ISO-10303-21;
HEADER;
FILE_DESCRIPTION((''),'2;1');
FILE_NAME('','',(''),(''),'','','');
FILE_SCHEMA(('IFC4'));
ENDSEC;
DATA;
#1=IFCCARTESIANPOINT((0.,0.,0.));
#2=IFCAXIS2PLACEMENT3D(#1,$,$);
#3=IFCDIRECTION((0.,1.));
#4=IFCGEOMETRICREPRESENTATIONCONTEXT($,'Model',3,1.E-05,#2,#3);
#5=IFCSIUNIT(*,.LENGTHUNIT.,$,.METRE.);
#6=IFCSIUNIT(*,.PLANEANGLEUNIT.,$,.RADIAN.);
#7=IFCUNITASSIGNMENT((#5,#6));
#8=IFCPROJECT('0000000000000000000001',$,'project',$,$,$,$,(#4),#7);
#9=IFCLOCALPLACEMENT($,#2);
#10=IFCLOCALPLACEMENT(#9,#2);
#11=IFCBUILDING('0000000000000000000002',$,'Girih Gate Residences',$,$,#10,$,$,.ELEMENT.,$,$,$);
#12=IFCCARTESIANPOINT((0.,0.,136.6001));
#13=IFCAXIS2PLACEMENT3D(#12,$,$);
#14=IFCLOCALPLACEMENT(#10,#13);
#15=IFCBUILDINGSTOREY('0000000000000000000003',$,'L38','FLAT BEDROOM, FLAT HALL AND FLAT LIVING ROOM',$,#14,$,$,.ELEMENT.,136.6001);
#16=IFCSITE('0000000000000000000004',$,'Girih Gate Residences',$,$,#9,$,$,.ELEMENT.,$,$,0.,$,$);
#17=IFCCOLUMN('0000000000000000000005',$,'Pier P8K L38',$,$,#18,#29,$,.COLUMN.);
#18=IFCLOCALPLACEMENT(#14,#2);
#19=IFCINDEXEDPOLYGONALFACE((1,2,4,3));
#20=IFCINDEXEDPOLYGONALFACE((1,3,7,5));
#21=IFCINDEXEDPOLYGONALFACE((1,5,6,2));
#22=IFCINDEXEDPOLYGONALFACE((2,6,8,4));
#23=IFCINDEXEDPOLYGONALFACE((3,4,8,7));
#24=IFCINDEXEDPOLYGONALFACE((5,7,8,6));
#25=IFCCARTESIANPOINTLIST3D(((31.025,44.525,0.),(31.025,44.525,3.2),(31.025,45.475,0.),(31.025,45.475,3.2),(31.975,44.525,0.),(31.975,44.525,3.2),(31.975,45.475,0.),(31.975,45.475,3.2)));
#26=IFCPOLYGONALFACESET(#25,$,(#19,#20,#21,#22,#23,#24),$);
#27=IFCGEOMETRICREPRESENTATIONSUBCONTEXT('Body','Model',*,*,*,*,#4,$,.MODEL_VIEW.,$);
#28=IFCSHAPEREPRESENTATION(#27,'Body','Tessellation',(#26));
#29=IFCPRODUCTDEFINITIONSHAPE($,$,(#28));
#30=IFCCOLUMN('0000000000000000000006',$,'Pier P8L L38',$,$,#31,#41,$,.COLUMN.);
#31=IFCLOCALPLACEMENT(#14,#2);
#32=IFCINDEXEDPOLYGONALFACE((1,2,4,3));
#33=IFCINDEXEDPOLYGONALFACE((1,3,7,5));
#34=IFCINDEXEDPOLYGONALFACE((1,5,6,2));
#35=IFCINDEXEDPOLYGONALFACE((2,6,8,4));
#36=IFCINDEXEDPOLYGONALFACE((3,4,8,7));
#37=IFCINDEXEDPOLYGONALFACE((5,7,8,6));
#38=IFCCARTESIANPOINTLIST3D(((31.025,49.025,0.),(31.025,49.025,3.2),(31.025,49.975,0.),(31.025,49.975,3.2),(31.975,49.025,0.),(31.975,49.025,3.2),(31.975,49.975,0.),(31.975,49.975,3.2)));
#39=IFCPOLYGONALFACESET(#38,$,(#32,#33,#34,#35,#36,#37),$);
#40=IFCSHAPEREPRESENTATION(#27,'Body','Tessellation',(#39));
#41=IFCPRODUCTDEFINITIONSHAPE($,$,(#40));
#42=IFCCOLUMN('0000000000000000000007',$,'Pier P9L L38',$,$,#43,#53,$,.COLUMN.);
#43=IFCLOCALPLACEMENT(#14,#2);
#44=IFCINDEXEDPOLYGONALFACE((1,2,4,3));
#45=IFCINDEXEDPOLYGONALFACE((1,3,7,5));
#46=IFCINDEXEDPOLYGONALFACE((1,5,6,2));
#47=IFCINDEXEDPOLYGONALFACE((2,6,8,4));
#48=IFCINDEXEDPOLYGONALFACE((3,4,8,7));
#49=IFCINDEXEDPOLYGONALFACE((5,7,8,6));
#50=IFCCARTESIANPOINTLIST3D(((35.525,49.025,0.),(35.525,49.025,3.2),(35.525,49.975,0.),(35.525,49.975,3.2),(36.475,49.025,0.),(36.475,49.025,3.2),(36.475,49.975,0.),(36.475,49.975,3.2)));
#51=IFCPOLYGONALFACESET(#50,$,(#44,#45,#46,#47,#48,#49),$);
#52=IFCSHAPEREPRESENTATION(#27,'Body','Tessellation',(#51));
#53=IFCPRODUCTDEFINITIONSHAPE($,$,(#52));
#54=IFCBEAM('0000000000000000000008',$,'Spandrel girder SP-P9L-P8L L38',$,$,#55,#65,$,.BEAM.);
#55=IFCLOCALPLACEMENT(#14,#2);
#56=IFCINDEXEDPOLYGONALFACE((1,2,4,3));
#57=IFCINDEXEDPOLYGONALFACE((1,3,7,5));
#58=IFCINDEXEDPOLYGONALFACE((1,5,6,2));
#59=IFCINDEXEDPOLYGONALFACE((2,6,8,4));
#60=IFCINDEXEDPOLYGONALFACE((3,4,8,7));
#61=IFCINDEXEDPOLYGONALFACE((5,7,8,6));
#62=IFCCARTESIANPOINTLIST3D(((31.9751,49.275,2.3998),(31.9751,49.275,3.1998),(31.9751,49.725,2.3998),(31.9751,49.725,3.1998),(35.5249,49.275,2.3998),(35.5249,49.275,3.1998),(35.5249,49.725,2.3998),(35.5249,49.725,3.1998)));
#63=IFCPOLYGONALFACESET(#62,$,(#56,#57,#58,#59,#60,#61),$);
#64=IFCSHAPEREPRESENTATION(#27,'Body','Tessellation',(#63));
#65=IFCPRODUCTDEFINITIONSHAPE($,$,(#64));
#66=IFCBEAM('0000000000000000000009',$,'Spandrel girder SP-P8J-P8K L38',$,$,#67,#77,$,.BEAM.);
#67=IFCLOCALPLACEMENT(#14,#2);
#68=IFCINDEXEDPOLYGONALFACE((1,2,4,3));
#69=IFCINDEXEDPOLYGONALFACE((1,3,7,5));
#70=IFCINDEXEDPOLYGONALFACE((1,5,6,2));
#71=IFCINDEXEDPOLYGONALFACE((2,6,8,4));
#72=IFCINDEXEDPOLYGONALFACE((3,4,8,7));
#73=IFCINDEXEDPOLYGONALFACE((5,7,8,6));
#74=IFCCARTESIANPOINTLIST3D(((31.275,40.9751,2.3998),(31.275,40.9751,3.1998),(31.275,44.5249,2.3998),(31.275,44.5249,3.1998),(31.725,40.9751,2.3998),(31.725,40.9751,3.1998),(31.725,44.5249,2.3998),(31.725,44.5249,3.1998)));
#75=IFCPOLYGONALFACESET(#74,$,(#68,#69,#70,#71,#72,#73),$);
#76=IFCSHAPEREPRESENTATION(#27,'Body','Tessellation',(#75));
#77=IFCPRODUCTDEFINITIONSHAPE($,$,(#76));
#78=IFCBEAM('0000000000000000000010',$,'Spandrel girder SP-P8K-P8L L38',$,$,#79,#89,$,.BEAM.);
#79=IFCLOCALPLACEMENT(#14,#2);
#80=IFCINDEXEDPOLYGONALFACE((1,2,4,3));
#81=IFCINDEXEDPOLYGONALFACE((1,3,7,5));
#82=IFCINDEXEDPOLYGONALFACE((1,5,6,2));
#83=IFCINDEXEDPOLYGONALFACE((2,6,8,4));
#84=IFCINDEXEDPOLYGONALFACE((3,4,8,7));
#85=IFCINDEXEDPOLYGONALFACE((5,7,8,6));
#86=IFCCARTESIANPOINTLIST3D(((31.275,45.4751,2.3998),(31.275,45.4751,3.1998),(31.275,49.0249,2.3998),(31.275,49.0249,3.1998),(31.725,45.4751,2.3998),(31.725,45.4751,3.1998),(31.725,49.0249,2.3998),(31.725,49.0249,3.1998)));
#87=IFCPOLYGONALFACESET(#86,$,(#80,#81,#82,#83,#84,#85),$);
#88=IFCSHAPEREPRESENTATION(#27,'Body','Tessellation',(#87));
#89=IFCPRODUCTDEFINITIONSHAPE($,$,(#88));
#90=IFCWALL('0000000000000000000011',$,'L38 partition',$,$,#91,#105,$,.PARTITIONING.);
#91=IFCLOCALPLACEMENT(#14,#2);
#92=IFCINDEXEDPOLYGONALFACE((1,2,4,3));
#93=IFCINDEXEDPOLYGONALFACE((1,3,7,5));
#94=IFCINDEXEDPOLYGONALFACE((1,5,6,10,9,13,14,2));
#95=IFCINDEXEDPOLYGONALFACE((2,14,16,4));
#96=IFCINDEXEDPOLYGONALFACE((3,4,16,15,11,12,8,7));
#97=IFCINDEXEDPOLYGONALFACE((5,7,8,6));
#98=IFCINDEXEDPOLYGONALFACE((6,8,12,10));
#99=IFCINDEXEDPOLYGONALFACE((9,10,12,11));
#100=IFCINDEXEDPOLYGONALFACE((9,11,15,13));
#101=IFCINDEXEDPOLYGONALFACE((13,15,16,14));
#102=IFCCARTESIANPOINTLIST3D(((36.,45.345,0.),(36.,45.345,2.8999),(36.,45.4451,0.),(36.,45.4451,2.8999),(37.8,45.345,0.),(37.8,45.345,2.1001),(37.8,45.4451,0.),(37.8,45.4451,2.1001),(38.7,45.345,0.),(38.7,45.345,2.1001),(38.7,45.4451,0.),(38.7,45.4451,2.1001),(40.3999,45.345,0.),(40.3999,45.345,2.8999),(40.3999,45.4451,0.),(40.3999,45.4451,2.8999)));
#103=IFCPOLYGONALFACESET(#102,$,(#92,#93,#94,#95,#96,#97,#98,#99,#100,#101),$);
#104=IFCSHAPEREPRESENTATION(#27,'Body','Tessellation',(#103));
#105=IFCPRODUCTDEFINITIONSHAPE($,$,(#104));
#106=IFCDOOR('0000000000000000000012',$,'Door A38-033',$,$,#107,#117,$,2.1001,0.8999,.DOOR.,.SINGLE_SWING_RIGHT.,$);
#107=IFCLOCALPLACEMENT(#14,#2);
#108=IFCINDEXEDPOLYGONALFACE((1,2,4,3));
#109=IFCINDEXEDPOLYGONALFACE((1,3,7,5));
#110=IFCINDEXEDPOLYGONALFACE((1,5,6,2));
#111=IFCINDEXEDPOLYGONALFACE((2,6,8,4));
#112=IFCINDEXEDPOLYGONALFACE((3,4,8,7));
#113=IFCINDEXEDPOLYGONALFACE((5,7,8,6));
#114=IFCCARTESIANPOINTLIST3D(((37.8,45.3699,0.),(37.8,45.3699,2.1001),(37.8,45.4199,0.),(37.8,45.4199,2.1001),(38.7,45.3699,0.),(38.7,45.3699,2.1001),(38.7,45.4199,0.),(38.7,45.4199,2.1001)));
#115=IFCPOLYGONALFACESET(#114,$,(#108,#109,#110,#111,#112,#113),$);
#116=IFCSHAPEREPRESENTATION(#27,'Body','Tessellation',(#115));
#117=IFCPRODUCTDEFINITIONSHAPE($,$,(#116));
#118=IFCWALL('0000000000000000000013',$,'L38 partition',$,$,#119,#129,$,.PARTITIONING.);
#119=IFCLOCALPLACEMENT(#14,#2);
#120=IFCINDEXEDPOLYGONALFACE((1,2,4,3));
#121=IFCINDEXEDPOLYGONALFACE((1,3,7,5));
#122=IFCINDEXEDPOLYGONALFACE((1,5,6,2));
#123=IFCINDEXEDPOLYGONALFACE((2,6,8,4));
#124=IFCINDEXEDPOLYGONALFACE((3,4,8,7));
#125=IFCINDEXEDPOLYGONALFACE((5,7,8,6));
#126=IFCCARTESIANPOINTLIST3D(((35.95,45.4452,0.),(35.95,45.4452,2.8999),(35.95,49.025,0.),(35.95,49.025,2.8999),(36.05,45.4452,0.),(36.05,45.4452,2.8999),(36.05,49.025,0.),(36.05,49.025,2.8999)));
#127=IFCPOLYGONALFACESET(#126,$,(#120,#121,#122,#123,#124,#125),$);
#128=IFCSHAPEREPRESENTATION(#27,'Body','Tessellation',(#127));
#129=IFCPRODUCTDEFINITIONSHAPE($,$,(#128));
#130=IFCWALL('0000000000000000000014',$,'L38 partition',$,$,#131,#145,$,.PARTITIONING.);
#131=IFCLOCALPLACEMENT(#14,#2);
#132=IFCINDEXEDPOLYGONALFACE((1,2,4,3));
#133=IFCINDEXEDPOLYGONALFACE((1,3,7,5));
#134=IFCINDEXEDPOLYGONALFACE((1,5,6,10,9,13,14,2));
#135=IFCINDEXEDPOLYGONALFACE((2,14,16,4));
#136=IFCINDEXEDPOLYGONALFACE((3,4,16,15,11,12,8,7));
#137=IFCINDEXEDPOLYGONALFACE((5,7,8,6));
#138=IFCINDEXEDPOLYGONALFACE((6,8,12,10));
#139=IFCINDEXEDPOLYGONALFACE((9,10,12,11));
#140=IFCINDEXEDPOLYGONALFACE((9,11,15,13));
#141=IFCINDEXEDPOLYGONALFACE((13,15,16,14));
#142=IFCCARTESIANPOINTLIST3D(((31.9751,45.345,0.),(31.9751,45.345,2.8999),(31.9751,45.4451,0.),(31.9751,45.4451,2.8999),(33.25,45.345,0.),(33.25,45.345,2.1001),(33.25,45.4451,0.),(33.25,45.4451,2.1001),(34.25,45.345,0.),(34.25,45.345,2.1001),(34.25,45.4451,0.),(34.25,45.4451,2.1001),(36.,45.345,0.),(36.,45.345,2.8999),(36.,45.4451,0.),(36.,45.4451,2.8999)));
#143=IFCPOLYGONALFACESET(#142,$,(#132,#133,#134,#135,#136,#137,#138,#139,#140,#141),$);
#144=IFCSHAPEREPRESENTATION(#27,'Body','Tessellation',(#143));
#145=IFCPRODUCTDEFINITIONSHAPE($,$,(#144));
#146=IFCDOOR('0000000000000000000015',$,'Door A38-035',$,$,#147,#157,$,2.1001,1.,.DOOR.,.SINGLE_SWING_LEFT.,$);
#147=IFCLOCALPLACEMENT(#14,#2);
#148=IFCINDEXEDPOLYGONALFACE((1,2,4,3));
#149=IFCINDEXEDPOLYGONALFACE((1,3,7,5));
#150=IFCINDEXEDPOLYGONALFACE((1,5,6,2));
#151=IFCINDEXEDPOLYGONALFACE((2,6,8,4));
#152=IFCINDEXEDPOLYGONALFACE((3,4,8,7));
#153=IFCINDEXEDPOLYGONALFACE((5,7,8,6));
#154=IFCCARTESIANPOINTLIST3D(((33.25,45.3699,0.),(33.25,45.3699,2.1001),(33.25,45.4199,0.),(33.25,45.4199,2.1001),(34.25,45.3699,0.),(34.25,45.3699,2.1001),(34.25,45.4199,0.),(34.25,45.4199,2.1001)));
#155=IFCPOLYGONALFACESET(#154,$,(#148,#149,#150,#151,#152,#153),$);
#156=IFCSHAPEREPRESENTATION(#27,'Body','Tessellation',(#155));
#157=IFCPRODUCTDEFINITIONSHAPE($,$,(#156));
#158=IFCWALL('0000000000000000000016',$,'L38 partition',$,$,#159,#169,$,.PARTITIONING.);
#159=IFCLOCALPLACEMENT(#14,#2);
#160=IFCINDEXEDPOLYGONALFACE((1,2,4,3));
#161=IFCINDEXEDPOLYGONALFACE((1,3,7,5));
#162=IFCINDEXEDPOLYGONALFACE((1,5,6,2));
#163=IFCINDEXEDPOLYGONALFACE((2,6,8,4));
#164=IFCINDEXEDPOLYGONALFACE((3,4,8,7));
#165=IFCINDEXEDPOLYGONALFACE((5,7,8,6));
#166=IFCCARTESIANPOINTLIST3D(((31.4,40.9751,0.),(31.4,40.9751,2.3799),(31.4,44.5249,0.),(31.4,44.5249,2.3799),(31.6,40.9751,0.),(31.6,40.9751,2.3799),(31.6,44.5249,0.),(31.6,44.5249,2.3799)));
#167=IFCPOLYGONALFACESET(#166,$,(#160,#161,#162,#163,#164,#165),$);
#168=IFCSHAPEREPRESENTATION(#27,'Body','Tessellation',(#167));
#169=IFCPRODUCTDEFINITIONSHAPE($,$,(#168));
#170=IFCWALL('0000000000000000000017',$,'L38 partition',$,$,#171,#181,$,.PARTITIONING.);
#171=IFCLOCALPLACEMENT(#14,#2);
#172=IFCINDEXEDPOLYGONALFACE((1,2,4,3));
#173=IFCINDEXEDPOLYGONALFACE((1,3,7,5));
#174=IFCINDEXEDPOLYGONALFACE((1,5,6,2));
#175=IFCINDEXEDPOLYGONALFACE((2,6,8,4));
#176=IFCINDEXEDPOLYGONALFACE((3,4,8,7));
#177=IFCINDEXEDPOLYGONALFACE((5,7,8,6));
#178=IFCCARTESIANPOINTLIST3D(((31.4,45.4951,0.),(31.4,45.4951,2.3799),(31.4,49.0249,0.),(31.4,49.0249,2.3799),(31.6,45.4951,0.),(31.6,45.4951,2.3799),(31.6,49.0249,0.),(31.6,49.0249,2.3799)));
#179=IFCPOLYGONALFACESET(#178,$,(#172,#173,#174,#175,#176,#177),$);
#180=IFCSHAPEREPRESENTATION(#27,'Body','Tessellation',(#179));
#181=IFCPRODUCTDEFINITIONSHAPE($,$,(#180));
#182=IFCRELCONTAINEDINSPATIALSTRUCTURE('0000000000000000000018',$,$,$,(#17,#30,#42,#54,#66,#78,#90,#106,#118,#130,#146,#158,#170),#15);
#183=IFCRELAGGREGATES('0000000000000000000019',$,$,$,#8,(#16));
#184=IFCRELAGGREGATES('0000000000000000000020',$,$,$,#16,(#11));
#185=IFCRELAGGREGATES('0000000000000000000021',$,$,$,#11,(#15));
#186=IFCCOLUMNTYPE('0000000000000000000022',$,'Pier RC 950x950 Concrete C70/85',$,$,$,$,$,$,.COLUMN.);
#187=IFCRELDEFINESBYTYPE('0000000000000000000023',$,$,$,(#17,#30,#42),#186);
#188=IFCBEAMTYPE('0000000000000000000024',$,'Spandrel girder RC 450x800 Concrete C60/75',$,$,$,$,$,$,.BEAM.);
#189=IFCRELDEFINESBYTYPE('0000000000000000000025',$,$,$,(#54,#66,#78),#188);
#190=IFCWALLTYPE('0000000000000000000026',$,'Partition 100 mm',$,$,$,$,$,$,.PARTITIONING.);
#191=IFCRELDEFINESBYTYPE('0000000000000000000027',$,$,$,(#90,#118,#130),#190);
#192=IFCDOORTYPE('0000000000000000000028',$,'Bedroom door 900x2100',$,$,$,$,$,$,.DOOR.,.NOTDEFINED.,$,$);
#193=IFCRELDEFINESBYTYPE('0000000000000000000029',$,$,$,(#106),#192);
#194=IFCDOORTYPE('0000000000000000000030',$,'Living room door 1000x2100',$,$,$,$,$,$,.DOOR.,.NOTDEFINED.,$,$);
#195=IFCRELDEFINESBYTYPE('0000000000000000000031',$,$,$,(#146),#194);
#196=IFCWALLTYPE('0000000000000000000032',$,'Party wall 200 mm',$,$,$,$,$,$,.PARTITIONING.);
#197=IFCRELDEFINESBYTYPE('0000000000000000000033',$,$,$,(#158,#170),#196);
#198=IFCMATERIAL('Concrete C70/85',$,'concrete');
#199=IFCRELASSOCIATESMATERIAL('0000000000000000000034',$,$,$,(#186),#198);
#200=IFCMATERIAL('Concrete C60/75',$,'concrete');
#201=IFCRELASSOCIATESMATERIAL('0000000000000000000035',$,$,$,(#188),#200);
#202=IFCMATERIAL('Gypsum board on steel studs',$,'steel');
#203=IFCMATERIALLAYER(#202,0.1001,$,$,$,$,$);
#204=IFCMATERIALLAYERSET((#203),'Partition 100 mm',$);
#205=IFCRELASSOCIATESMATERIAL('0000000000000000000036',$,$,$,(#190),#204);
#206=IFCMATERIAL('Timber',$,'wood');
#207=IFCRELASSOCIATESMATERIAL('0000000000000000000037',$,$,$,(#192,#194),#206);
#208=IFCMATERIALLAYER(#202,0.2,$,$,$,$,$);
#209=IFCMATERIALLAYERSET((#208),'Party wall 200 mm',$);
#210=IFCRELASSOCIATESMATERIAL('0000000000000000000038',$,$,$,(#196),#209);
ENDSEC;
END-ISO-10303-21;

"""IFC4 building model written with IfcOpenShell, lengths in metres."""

from ifc_helpers import new_model, si_unit, direction, frame, frame_2d, origin, origin_2d, place, context, subcontext, project, spatial, rectangle, extrude, material, layer, layer_set, material_profile, profile_set, type_object, element, fill, save


model = new_model("IFC4")

# Units and contexts
model_context = context("Model", 3, precision=1e-05, world=origin(), true_north=direction((0.0, 1.0)))
body_context = subcontext(model_context, "Body", "Model", "MODEL_VIEW")
ifc_project = project(units=[si_unit("LENGTHUNIT", "METRE"), si_unit("PLANEANGLEUNIT", "RADIAN")], contexts=[model_context])

# Site, building, storey
site_placement = place(None, origin())
site = spatial("IfcSite", under=ifc_project, at=site_placement, Name="Girih Gate Residences", CompositionType="ELEMENT", RefElevation=0.0)
building_placement = place(site_placement, origin())
building = spatial("IfcBuilding", under=site, at=building_placement, Name="Girih Gate Residences", CompositionType="ELEMENT")
storey_placement = place(building_placement, frame((0.0, 0.0, 136.6001)))
storey = spatial("IfcBuildingStorey", under=building, at=storey_placement, Name="L38", Description="FLAT BEDROOM, FLAT HALL AND FLAT LIVING ROOM", CompositionType="ELEMENT", Elevation=136.6001)

# Columns
ifc_material_1 = material(Name="Concrete C70/85", Category="concrete")
ifc_material_profile_1 = material_profile(ifc_material_1, rectangle(XDim=0.95, YDim=0.95, at=origin_2d()))
ifc_profile_set_1 = profile_set([ifc_material_profile_1], Name="Concrete C70/85")
column_type = type_object("IfcColumnType", Name="Pier RC 950x950 Concrete C70/85", PredefinedType="COLUMN", material=ifc_profile_set_1)
for number, where, z_axis, x_axis, name in (
    (1, (31.5, 45.0, 0.0), (0.0, 0.0, 1.0), (1.0, 0.0, 0.0), "Pier P8K L38"),
    (2, (31.5, 49.5, 0.0), (0.0, 0.0, 1.0), (1.0, 0.0, 0.0), "Pier P8L L38"),
    (3, (36.0, 49.5, 0.0), (0.0, 0.0, 1.0), (1.0, 0.0, 0.0), "Pier P9L L38"),
):
    element("IfcColumn", number, at=place(storey_placement, frame(where, z_axis=z_axis, x_axis=x_axis)), inside=storey, type_object=column_type, Name=name, PredefinedType="COLUMN", context=body_context, shape_type="SweptSolid", body=[
        extrude(rectangle(XDim=0.95, YDim=0.95, at=origin_2d()), origin(), (0.0, 0.0, 1.0), 3.2),
    ])

# Beams
ifc_material_2 = material(Name="Concrete C60/75", Category="concrete")
ifc_material_profile_2 = material_profile(ifc_material_2, rectangle(XDim=0.45, YDim=0.8, at=origin_2d()))
ifc_profile_set_2 = profile_set([ifc_material_profile_2], Name="Concrete C60/75")
beam_type = type_object("IfcBeamType", Name="Spandrel girder RC 450x800 Concrete C60/75", PredefinedType="BEAM", material=ifc_profile_set_2)
for number, where, z_axis, x_axis, name in (
    (4, (35.5249, 49.5, 2.7998), (-1.0, 0.0, 0.0), (0.0, -1.0, 0.0), "Spandrel girder SP-P9L-P8L L38"),
    (5, (31.5, 40.9751, 2.7998), (0.0, 1.0, 0.0), (-1.0, 0.0, 0.0), "Spandrel girder SP-P8J-P8K L38"),
    (6, (31.5, 45.4751, 2.7998), (0.0, 1.0, 0.0), (-1.0, 0.0, 0.0), "Spandrel girder SP-P8K-P8L L38"),
):
    element("IfcBeam", number, at=place(storey_placement, frame(where, z_axis=z_axis, x_axis=x_axis)), inside=storey, type_object=beam_type, Name=name, PredefinedType="BEAM", context=body_context, shape_type="SweptSolid", body=[
        extrude(rectangle(XDim=0.45, YDim=0.8, at=origin_2d()), origin(), (0.0, 0.0, 1.0), 3.5498),
    ])

# Wall, opening, door
ifc_material_3 = material(Name="Gypsum board on steel studs", Category="steel")
ifc_layer_1 = layer(ifc_material_3, 0.1001)
ifc_layer_set_1 = layer_set([ifc_layer_1], Name="Partition 100 mm")
wall_type_1 = type_object("IfcWallType", Name="Partition 100 mm", PredefinedType="PARTITIONING", material=ifc_layer_set_1)
wall_1_placement = place(storey_placement, frame((36.0, 45.395, 0.0), z_axis=(0.0, 0.0, 1.0), x_axis=(1.0, 0.0, 0.0)))
wall_1 = element("IfcWall", 7, at=wall_1_placement, inside=storey, type_object=wall_type_1, Name="L38 partition", PredefinedType="PARTITIONING", context=body_context, shape_type="SweptSolid", body=[
    extrude(rectangle(XDim=4.3999, YDim=0.1001, at=frame_2d((2.2, 0.0))), origin(), (0.0, 0.0, 1.0), 2.8999),
])
opening_1_placement = place(wall_1_placement, frame((1.8, 0.0, 0.0)))
opening_1 = element("IfcOpeningElement", 8, at=opening_1_placement, cuts=wall_1, PredefinedType="OPENING", context=body_context, shape_type="SweptSolid", body=[
    extrude(rectangle(XDim=0.8999, YDim=2.1001, at=frame_2d((0.45, 1.05))), frame((0.0, 0.0601, 0.0), z_axis=(0.0, -1.0, 0.0), x_axis=(1.0, 0.0, 0.0)), (0.0, 0.0, 1.0), 0.1201),
])
ifc_material_4 = material(Name="Timber", Category="wood")
door_type_1 = type_object("IfcDoorType", Name="Bedroom door 900x2100", OperationType="NOTDEFINED", PredefinedType="DOOR", material=ifc_material_4)
door_1_placement = place(opening_1_placement, origin())
door_1 = element("IfcDoor", 9, at=door_1_placement, inside=storey, type_object=door_type_1, Name="Door A38-033", OperationType="SINGLE_SWING_RIGHT", OverallHeight=2.1001, OverallWidth=0.8999, PredefinedType="DOOR", context=body_context, shape_type="SweptSolid", body=[
    extrude(rectangle(XDim=0.8999, YDim=2.1001, at=frame_2d((0.45, 1.05))), frame((0.0, 0.0249, 0.0), z_axis=(0.0, -1.0, 0.0), x_axis=(1.0, 0.0, 0.0)), (0.0, 0.0, 1.0), 0.05),
])
fill(opening_1, door_1)

# Wall
wall_2_placement = place(storey_placement, frame((36.0, 45.4451, 0.0), z_axis=(0.0, 0.0, 1.0), x_axis=(0.0, 1.0, 0.0)))
element("IfcWall", 10, at=wall_2_placement, inside=storey, type_object=wall_type_1, Name="L38 partition", PredefinedType="PARTITIONING", context=body_context, shape_type="SweptSolid", body=[
    extrude(rectangle(XDim=3.5798, YDim=0.1001, at=frame_2d((1.79, 0.0))), origin(), (0.0, 0.0, 1.0), 2.8999),
])

# Wall, opening, door
wall_3_placement = place(storey_placement, frame((31.9751, 45.395, 0.0), z_axis=(0.0, 0.0, 1.0), x_axis=(1.0, 0.0, 0.0)))
wall_3 = element("IfcWall", 11, at=wall_3_placement, inside=storey, type_object=wall_type_1, Name="L38 partition", PredefinedType="PARTITIONING", context=body_context, shape_type="SweptSolid", body=[
    extrude(rectangle(XDim=4.0249, YDim=0.1001, at=frame_2d((2.0125, 0.0))), origin(), (0.0, 0.0, 1.0), 2.8999),
])
opening_2_placement = place(wall_3_placement, frame((1.2749, 0.0, 0.0)))
opening_2 = element("IfcOpeningElement", 12, at=opening_2_placement, cuts=wall_3, PredefinedType="OPENING", context=body_context, shape_type="SweptSolid", body=[
    extrude(rectangle(XDim=1.0, YDim=2.1001, at=frame_2d((0.5, 1.05))), frame((0.0, 0.0601, 0.0), z_axis=(0.0, -1.0, 0.0), x_axis=(1.0, 0.0, 0.0)), (0.0, 0.0, 1.0), 0.1201),
])
door_type_2 = type_object("IfcDoorType", Name="Living room door 1000x2100", OperationType="NOTDEFINED", PredefinedType="DOOR", material=ifc_material_4)
door_2_placement = place(opening_2_placement, origin())
door_2 = element("IfcDoor", 13, at=door_2_placement, inside=storey, type_object=door_type_2, Name="Door A38-035", OperationType="SINGLE_SWING_LEFT", OverallHeight=2.1001, OverallWidth=1.0, PredefinedType="DOOR", context=body_context, shape_type="SweptSolid", body=[
    extrude(rectangle(XDim=1.0, YDim=2.1001, at=frame_2d((0.5, 1.05))), frame((0.0, 0.0249, 0.0), z_axis=(0.0, -1.0, 0.0), x_axis=(1.0, 0.0, 0.0)), (0.0, 0.0, 1.0), 0.05),
])
fill(opening_2, door_2)

# Walls
ifc_layer_2 = layer(ifc_material_3, 0.2)
ifc_layer_set_2 = layer_set([ifc_layer_2], Name="Party wall 200 mm")
wall_type_2 = type_object("IfcWallType", Name="Party wall 200 mm", PredefinedType="PARTITIONING", material=ifc_layer_set_2)
wall_4_placement = place(storey_placement, frame((31.5, 40.9751, 0.0), z_axis=(0.0, 0.0, 1.0), x_axis=(0.0, 1.0, 0.0)))
element("IfcWall", 14, at=wall_4_placement, inside=storey, type_object=wall_type_2, Name="L38 partition", PredefinedType="PARTITIONING", context=body_context, shape_type="SweptSolid", body=[
    extrude(rectangle(XDim=3.5498, YDim=0.2, at=frame_2d((1.7749, 0.0))), origin(), (0.0, 0.0, 1.0), 2.3799),
])
wall_5_placement = place(storey_placement, frame((31.5, 45.4951, 0.0), z_axis=(0.0, 0.0, 1.0), x_axis=(0.0, 1.0, 0.0)))
element("IfcWall", 15, at=wall_5_placement, inside=storey, type_object=wall_type_2, Name="L38 partition", PredefinedType="PARTITIONING", context=body_context, shape_type="SweptSolid", body=[
    extrude(rectangle(XDim=3.5298, YDim=0.2, at=frame_2d((1.7649, 0.0))), origin(), (0.0, 0.0, 1.0), 2.3799),
])

save(model, "model.ifc")
